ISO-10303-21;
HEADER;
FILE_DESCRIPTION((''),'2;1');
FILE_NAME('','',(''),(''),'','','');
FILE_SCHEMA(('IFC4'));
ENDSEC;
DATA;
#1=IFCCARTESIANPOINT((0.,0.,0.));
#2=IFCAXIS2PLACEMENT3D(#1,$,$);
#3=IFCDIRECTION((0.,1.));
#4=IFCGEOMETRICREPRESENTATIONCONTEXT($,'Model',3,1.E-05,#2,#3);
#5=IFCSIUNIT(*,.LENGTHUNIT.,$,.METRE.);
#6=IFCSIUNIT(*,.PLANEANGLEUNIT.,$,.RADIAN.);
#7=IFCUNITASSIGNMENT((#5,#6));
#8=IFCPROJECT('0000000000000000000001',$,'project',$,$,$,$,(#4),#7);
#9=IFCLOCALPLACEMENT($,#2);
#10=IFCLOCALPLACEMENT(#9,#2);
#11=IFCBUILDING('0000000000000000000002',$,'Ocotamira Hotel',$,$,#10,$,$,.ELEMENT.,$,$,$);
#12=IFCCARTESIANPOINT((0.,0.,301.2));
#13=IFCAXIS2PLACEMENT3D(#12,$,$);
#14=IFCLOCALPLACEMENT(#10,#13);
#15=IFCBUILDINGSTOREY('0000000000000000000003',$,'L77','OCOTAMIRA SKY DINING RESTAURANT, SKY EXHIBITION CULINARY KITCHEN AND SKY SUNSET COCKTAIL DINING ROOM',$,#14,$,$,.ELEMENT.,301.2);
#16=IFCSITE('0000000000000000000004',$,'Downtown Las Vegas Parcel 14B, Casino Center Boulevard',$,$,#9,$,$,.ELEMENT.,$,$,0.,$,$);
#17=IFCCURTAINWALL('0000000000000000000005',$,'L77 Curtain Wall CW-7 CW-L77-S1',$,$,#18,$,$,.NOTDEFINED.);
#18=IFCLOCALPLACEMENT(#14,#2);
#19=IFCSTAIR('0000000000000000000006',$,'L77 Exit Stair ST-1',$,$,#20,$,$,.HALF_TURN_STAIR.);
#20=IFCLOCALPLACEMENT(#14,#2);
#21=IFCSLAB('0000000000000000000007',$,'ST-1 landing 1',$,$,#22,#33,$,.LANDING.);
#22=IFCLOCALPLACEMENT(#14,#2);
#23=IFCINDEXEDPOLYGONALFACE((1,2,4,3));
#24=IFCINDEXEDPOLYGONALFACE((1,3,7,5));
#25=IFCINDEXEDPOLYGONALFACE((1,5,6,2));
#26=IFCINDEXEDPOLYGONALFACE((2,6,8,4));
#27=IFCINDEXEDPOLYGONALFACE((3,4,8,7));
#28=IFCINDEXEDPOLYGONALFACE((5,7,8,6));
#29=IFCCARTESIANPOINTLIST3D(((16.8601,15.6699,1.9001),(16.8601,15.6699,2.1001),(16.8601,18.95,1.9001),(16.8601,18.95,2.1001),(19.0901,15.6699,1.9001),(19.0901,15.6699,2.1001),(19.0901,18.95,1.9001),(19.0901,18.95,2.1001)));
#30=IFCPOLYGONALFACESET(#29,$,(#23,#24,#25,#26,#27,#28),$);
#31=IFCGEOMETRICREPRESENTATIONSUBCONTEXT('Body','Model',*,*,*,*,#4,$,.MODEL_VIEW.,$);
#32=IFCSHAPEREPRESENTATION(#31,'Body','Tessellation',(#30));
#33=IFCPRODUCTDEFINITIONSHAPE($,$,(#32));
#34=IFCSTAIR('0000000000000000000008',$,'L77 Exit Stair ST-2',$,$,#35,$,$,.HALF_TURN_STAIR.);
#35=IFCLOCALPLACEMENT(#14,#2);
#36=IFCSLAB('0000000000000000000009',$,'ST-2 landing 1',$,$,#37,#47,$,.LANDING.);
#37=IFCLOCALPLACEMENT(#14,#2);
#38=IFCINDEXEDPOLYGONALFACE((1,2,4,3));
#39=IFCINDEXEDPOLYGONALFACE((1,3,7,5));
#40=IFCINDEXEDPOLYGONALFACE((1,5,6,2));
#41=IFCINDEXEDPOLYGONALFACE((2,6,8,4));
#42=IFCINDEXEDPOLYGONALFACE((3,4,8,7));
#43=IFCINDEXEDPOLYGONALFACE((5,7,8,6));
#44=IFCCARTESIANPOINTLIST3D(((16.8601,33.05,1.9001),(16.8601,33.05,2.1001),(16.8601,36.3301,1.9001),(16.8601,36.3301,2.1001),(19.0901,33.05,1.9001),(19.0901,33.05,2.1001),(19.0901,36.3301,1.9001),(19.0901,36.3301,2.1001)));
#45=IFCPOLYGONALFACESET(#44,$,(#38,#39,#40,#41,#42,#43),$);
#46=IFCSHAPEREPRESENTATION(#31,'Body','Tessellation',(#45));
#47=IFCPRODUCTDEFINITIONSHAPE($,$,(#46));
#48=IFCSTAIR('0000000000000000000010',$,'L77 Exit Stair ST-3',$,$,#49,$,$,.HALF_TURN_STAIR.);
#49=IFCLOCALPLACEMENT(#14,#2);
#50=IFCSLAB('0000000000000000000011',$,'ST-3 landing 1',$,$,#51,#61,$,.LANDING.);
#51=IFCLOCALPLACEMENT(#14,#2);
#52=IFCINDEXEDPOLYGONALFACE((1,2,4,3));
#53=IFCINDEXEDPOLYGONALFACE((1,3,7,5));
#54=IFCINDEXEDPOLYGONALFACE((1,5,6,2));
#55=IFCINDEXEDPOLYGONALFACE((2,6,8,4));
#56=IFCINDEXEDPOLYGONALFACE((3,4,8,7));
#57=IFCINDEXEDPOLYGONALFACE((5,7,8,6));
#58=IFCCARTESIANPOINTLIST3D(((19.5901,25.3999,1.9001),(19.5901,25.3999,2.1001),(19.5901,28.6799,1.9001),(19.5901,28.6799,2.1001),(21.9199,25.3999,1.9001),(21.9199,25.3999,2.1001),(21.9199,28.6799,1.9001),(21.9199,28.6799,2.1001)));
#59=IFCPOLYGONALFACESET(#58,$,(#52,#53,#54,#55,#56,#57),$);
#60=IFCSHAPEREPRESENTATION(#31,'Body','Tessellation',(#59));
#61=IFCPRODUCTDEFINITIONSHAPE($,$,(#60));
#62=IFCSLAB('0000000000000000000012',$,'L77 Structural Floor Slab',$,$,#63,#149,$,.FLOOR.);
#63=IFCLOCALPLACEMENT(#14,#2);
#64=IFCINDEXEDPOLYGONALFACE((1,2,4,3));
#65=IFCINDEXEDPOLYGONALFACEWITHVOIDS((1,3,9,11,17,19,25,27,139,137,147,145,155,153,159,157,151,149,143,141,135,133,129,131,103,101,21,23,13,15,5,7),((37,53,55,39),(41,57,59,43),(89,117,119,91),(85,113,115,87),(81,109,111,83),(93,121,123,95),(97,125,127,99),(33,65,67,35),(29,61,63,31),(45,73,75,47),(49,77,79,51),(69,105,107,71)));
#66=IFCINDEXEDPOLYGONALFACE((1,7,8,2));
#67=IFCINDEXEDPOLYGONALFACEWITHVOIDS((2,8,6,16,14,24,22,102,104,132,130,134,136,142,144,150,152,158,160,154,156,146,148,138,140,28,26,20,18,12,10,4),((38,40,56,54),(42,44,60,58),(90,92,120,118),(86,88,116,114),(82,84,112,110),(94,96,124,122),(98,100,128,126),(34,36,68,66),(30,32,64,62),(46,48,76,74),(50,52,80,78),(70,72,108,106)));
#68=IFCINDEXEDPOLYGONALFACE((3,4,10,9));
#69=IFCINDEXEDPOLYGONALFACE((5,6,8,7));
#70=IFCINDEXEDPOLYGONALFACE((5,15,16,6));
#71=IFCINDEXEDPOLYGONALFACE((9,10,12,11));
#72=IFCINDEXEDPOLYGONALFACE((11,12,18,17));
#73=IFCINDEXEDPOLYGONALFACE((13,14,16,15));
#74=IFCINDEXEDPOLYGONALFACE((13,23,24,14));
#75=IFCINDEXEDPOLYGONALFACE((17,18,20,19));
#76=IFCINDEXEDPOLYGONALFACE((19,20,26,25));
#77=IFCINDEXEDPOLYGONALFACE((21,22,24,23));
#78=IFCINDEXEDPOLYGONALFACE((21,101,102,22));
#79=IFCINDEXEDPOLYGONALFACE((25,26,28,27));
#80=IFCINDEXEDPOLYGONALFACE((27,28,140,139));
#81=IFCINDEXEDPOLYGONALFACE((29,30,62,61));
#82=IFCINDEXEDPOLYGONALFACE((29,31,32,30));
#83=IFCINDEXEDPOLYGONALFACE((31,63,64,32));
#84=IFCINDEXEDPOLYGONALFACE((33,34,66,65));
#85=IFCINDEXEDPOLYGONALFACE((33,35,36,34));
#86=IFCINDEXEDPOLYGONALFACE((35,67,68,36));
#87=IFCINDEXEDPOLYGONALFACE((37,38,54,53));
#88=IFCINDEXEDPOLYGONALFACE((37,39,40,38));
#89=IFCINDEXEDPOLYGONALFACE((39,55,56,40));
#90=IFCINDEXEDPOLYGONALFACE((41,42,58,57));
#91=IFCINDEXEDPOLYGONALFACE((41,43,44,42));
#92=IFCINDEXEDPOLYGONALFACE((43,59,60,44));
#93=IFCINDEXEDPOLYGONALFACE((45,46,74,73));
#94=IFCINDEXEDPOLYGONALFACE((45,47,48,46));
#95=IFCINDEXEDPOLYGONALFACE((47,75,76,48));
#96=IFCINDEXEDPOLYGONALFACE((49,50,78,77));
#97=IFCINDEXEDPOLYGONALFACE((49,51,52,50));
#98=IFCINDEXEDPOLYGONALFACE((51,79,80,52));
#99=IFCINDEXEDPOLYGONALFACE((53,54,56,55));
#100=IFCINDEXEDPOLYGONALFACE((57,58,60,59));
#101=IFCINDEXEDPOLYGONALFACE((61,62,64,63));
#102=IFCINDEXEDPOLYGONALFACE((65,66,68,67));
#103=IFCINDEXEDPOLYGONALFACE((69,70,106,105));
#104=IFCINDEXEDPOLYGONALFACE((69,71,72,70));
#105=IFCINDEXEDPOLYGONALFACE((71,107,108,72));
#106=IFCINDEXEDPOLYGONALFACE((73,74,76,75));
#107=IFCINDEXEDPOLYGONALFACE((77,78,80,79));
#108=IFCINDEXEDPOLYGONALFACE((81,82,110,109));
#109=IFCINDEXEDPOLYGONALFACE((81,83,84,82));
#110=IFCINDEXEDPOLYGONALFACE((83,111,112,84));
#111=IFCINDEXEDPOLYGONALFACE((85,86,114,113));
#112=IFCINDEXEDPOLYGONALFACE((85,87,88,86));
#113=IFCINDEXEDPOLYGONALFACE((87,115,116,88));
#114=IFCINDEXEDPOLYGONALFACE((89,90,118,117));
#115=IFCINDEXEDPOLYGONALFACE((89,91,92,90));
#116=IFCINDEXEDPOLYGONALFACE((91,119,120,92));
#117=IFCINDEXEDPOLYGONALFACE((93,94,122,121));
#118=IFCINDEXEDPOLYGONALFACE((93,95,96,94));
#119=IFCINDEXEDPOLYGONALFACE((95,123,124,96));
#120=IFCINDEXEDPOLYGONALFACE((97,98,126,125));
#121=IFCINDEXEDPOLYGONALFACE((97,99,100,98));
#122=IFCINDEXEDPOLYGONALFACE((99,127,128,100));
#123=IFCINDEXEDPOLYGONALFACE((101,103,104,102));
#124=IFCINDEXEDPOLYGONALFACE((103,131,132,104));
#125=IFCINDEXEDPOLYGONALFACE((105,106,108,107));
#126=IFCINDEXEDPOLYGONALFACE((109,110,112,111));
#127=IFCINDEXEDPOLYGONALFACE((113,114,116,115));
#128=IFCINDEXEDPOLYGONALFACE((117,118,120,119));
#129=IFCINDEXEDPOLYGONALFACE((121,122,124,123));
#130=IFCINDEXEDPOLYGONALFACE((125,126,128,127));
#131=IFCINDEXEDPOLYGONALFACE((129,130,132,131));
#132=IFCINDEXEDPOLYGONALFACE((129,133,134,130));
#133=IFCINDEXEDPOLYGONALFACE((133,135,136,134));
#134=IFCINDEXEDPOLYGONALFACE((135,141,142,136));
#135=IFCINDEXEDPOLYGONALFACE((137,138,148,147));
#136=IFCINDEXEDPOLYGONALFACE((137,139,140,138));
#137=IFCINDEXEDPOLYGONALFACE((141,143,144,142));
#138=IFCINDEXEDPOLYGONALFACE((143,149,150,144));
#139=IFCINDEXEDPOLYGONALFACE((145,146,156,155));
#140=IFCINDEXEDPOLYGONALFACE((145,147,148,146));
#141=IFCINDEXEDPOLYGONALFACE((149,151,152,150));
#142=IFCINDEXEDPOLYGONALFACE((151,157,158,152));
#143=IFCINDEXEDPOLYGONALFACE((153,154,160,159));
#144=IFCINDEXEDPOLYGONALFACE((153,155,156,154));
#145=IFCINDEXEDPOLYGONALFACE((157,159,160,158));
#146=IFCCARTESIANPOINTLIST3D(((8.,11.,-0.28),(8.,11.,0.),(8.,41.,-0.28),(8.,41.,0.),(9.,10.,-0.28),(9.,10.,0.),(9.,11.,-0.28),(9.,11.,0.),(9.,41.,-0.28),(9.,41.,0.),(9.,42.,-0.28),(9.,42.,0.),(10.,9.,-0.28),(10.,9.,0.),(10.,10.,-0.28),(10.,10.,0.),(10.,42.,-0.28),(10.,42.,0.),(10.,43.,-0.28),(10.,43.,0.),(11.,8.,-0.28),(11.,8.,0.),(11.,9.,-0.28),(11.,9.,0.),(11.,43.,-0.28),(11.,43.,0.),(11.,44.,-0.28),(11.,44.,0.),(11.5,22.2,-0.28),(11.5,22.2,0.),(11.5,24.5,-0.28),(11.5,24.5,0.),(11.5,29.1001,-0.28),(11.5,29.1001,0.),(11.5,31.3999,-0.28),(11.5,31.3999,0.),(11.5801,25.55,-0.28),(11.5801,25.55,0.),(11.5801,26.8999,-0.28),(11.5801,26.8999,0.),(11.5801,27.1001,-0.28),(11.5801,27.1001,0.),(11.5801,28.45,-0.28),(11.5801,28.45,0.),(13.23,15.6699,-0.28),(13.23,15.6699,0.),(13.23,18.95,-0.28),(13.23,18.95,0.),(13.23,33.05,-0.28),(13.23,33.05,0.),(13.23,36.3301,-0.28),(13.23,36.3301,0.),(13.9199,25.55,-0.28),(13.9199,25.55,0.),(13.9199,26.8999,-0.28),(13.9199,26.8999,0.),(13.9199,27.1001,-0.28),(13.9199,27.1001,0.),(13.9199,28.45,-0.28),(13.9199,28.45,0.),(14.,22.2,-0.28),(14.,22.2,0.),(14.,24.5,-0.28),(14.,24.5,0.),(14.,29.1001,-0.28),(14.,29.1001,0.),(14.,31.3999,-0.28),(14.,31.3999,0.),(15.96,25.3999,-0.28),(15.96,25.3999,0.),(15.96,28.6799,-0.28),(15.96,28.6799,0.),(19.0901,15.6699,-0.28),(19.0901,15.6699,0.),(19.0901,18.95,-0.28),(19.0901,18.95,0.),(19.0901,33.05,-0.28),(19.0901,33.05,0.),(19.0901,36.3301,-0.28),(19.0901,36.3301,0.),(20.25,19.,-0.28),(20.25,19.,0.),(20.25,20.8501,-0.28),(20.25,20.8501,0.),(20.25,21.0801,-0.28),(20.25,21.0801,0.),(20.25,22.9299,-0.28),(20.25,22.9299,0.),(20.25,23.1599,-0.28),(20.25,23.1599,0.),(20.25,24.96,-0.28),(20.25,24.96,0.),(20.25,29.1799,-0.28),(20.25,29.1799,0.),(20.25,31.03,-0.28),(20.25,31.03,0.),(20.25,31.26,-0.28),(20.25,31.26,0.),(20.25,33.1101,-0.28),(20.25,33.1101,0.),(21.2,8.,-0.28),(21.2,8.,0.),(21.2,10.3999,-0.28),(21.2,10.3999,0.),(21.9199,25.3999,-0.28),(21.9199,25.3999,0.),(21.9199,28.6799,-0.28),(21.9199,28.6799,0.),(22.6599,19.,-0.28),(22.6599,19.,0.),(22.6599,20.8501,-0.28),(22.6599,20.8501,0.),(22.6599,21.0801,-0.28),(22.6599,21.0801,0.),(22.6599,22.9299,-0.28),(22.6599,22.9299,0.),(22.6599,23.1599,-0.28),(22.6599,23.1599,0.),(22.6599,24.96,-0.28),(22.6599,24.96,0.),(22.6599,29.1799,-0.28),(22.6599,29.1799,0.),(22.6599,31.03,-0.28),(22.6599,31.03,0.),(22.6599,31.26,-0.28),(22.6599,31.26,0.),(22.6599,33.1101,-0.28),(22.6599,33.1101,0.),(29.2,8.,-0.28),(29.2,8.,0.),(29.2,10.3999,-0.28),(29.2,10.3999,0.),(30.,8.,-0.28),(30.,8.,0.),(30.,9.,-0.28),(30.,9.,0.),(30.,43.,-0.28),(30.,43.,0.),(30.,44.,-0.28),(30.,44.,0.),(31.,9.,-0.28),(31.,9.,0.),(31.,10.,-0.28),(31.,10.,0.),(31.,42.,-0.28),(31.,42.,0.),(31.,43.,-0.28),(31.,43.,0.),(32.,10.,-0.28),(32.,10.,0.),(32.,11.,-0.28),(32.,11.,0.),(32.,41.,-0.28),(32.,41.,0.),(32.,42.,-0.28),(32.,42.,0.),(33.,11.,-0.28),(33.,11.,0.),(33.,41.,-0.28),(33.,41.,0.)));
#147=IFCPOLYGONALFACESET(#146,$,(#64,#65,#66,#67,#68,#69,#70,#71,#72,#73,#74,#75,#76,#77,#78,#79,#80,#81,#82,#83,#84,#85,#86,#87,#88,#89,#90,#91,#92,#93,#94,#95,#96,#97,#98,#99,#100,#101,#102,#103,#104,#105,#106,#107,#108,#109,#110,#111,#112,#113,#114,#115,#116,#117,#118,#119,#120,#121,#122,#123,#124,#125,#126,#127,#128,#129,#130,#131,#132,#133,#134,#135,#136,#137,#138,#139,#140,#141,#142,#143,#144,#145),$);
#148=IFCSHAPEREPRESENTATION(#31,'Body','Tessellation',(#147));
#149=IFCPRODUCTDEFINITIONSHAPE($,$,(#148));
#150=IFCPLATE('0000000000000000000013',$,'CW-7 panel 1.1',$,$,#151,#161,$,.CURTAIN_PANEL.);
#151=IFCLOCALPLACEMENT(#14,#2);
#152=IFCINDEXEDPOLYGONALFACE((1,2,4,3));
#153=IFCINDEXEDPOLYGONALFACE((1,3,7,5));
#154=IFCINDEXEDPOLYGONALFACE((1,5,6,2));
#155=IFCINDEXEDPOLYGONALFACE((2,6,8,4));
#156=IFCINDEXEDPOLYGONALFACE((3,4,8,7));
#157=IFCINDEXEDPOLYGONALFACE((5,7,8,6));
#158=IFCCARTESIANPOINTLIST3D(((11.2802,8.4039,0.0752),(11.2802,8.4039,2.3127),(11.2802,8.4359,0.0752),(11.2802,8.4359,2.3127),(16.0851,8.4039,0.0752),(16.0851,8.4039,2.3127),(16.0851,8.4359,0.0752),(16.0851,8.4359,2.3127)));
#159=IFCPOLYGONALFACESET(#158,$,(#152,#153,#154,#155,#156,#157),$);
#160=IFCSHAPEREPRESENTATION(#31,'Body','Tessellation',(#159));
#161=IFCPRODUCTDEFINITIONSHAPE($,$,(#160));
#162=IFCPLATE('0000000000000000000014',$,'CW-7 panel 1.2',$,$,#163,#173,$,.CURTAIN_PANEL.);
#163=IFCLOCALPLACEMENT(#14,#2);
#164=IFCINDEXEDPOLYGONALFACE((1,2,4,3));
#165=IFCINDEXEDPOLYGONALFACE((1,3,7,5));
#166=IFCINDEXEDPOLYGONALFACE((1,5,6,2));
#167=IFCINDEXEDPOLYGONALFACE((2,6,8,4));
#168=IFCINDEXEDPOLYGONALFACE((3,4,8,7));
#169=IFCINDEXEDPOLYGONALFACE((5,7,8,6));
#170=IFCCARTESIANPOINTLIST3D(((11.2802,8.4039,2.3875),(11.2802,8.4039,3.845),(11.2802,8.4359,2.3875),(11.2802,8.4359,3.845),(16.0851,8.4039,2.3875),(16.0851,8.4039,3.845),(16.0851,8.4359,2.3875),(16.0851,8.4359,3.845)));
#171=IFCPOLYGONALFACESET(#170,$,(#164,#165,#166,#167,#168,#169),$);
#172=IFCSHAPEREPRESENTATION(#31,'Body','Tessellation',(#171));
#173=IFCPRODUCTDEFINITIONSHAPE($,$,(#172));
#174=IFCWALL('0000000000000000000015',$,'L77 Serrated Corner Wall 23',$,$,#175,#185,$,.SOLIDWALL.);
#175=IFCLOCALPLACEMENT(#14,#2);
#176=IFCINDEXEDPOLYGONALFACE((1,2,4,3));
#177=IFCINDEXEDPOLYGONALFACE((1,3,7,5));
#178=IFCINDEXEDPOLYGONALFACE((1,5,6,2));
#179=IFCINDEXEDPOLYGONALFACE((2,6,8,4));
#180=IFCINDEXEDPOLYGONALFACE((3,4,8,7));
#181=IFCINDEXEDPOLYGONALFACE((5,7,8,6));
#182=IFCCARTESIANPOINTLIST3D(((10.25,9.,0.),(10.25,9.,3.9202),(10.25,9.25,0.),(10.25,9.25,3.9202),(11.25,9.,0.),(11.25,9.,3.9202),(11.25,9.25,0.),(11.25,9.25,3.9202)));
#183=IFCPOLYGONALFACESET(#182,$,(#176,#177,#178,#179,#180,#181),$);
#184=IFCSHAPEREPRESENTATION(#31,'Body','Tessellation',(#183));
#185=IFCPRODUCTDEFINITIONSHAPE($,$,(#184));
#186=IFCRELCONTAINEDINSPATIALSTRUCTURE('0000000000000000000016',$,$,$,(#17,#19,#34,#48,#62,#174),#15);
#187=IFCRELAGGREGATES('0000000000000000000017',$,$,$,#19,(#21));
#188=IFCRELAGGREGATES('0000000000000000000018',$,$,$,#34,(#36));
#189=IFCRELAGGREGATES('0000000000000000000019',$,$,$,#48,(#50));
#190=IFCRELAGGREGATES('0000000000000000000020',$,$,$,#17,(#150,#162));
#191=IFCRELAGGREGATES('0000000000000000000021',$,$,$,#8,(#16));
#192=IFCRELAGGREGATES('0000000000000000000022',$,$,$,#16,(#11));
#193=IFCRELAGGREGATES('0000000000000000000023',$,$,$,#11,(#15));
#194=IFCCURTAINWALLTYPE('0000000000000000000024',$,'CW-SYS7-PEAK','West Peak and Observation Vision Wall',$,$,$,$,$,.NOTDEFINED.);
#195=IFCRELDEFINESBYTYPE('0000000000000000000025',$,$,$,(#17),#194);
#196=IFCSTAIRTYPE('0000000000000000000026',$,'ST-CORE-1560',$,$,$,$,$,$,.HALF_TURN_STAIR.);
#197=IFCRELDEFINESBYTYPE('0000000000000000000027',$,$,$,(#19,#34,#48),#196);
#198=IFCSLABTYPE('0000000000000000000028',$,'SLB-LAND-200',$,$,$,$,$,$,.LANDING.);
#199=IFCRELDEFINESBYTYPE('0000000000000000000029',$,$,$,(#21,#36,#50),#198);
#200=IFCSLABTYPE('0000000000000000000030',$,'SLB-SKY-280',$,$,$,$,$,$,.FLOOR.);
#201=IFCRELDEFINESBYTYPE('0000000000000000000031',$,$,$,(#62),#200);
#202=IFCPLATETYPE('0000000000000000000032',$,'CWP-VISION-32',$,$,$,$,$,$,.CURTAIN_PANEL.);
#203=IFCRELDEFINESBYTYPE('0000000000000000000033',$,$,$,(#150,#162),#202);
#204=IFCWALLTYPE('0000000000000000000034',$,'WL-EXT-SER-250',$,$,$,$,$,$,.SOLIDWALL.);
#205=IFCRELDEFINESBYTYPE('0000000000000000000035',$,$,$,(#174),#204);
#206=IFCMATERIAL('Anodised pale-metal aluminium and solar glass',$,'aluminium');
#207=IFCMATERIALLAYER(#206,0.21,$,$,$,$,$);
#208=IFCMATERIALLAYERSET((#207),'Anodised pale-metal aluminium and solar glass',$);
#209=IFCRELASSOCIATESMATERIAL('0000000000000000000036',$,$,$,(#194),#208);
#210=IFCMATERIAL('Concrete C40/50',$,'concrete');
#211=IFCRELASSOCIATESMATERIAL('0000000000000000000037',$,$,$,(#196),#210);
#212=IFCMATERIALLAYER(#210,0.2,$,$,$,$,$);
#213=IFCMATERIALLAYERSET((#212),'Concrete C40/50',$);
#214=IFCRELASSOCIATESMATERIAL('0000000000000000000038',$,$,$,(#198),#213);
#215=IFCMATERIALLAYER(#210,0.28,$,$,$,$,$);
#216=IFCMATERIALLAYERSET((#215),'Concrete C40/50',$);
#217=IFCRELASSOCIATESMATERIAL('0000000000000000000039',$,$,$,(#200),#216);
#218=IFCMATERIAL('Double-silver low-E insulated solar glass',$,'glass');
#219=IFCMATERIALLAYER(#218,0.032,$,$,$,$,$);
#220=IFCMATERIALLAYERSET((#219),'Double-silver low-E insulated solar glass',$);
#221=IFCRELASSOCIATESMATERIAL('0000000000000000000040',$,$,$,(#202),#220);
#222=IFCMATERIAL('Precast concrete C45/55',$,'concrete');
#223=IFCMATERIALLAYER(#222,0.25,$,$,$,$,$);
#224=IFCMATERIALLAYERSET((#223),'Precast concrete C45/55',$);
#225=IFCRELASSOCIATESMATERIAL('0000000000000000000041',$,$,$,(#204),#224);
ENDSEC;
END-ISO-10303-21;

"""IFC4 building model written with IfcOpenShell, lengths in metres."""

from ifc_helpers import new_model, si_unit, direction, frame, frame_2d, origin, origin_2d, place, context, subcontext, project, spatial, polyline, rectangle, outline, extrude, source, transform, mapped, material, layer, layer_set, type_object, element, aggregate, save


model = new_model("IFC4")

# Units and contexts
model_context = context("Model", 3, precision=1e-05, world=origin(), true_north=direction((0.0, 1.0)))
body_context = subcontext(model_context, "Body", "Model", "MODEL_VIEW")
ifc_project = project(units=[si_unit("LENGTHUNIT", "METRE"), si_unit("PLANEANGLEUNIT", "RADIAN")], contexts=[model_context])

# Site, building, storey
site_placement = place(None, origin())
site = spatial("IfcSite", under=ifc_project, at=site_placement, Name="Downtown Las Vegas Parcel 14B, Casino Center Boulevard", CompositionType="ELEMENT", RefElevation=0.0)
building_placement = place(site_placement, origin())
building = spatial("IfcBuilding", under=site, at=building_placement, Name="Ocotamira Hotel", CompositionType="ELEMENT")
storey_placement = place(building_placement, frame((0.0, 0.0, 301.2)))
storey = spatial("IfcBuildingStorey", under=building, at=storey_placement, Name="L77", Description="OCOTAMIRA SKY DINING RESTAURANT, SKY EXHIBITION CULINARY KITCHEN AND SKY SUNSET COCKTAIL DINING ROOM", CompositionType="ELEMENT", Elevation=301.2)

# Curtain wall
ifc_material_1 = material(Name="Anodised pale-metal aluminium and solar glass", Category="aluminium")
ifc_layer_1 = layer(ifc_material_1, 0.21)
ifc_layer_set_1 = layer_set([ifc_layer_1], Name="Anodised pale-metal aluminium and solar glass")
curtain_wall_type = type_object("IfcCurtainWallType", Name="CW-SYS7-PEAK", Description="West Peak and Observation Vision Wall", PredefinedType="NOTDEFINED", material=ifc_layer_set_1)
curtain_wall_placement = place(storey_placement, origin())
curtain_wall = element("IfcCurtainWall", 1, at=curtain_wall_placement, inside=storey, type_object=curtain_wall_type, Name="L77 Curtain Wall CW-7 CW-L77-S1", PredefinedType="NOTDEFINED")

# Shared definitions
ifc_material_2 = material(Name="Concrete C40/50", Category="concrete")

# Stairs, slabs
stair_type = type_object("IfcStairType", Name="ST-CORE-1560", PredefinedType="HALF_TURN_STAIR", material=ifc_material_2)
stair_1_placement = place(storey_placement, origin())
stair_1 = element("IfcStair", 2, at=stair_1_placement, inside=storey, type_object=stair_type, Name="L77 Exit Stair ST-1", PredefinedType="HALF_TURN_STAIR")
ifc_layer_2 = layer(ifc_material_2, 0.2)
ifc_layer_set_2 = layer_set([ifc_layer_2], Name="Concrete C40/50")
slab_type_1 = type_object("IfcSlabType", Name="SLB-LAND-200", PredefinedType="LANDING", material=ifc_layer_set_2)
slab_1_placement = place(storey_placement, frame((0.0, 0.0, 1.9001)))
slab_1 = element("IfcSlab", 3, at=slab_1_placement, type_object=slab_type_1, Name="ST-1 landing 1", PredefinedType="LANDING", context=body_context, shape_type="SweptSolid", body=[
    extrude(outline(polyline([(16.8601, 15.6699), (19.0901, 15.6699), (19.0901, 18.95), (16.8601, 18.95), (16.8601, 15.6699)])), origin(), (0.0, 0.0, 1.0), 0.2),
])
aggregate(stair_1, [slab_1])
stair_2_placement = place(storey_placement, origin())
stair_2 = element("IfcStair", 4, at=stair_2_placement, inside=storey, type_object=stair_type, Name="L77 Exit Stair ST-2", PredefinedType="HALF_TURN_STAIR")
slab_2_placement = place(storey_placement, frame((0.0, 0.0, 1.9001)))
slab_2 = element("IfcSlab", 5, at=slab_2_placement, type_object=slab_type_1, Name="ST-2 landing 1", PredefinedType="LANDING", context=body_context, shape_type="SweptSolid", body=[
    extrude(outline(polyline([(16.8601, 33.05), (19.0901, 33.05), (19.0901, 36.3301), (16.8601, 36.3301), (16.8601, 33.05)])), origin(), (0.0, 0.0, 1.0), 0.2),
])
aggregate(stair_2, [slab_2])
stair_3_placement = place(storey_placement, origin())
stair_3 = element("IfcStair", 6, at=stair_3_placement, inside=storey, type_object=stair_type, Name="L77 Exit Stair ST-3", PredefinedType="HALF_TURN_STAIR")
slab_3_placement = place(storey_placement, frame((0.0, 0.0, 1.9001)))
slab_3 = element("IfcSlab", 7, at=slab_3_placement, type_object=slab_type_1, Name="ST-3 landing 1", PredefinedType="LANDING", context=body_context, shape_type="SweptSolid", body=[
    extrude(outline(polyline([(19.5901, 25.3999), (21.9199, 25.3999), (21.9199, 28.6799), (19.5901, 28.6799), (19.5901, 25.3999)])), origin(), (0.0, 0.0, 1.0), 0.2),
])
aggregate(stair_3, [slab_3])

# Slab
ifc_layer_3 = layer(ifc_material_2, 0.28)
ifc_layer_set_3 = layer_set([ifc_layer_3], Name="Concrete C40/50")
slab_type_2 = type_object("IfcSlabType", Name="SLB-SKY-280", PredefinedType="FLOOR", material=ifc_layer_set_3)
slab_4_placement = place(storey_placement, frame((0.0, 0.0, -0.28)))
element("IfcSlab", 8, at=slab_4_placement, inside=storey, type_object=slab_type_2, Name="L77 Structural Floor Slab", PredefinedType="FLOOR", context=body_context, shape_type="SweptSolid", body=[
    extrude(outline(polyline([(11.0, 8.0), (11.0, 9.0), (10.0, 9.0), (10.0, 10.0), (9.0, 10.0), (9.0, 11.0), (8.0, 11.0), (8.0, 41.0), (9.0, 41.0), (9.0, 42.0), (10.0, 42.0), (10.0, 43.0), (11.0, 43.0), (11.0, 44.0), (30.0, 44.0), (30.0, 43.0), (31.0, 43.0), (31.0, 42.0), (32.0, 42.0), (32.0, 41.0), (33.0, 41.0), (33.0, 11.0), (32.0, 11.0), (32.0, 10.0), (31.0, 10.0), (31.0, 9.0), (30.0, 9.0), (30.0, 8.0), (29.2, 8.0), (29.2, 10.3999), (21.2, 10.3999), (21.2, 8.0), (11.0, 8.0)]), holes=[polyline([(13.23, 15.6699), (19.0901, 15.6699), (19.0901, 18.95), (13.23, 18.95), (13.23, 15.6699)]), polyline([(13.23, 33.05), (19.0901, 33.05), (19.0901, 36.3301), (13.23, 36.3301), (13.23, 33.05)]), polyline([(15.96, 25.3999), (21.9199, 25.3999), (21.9199, 28.6799), (15.96, 28.6799), (15.96, 25.3999)]), polyline([(20.25, 19.0), (22.6599, 19.0), (22.6599, 20.8501), (20.25, 20.8501), (20.25, 19.0)]), polyline([(20.25, 21.0801), (22.6599, 21.0801), (22.6599, 22.9299), (20.25, 22.9299), (20.25, 21.0801)]), polyline([(20.25, 23.1599), (22.6599, 23.1599), (22.6599, 24.96), (20.25, 24.96), (20.25, 23.1599)]), polyline([(20.25, 29.1799), (22.6599, 29.1799), (22.6599, 31.03), (20.25, 31.03), (20.25, 29.1799)]), polyline([(20.25, 31.26), (22.6599, 31.26), (22.6599, 33.1101), (20.25, 33.1101), (20.25, 31.26)]), polyline([(11.5, 22.2), (14.0, 22.2), (14.0, 24.5), (11.5, 24.5), (11.5, 22.2)]), polyline([(11.5, 29.1001), (14.0, 29.1001), (14.0, 31.3999), (11.5, 31.3999), (11.5, 29.1001)]), polyline([(11.5801, 25.55), (13.9199, 25.55), (13.9199, 26.8999), (11.5801, 26.8999), (11.5801, 25.55)]), polyline([(11.5801, 27.1001), (13.9199, 27.1001), (13.9199, 28.45), (11.5801, 28.45), (11.5801, 27.1001)])]), origin(), (0.0, 0.0, 1.0), 0.28),
])

# Plates
ifc_material_3 = material(Name="Double-silver low-E insulated solar glass", Category="glass")
ifc_layer_4 = layer(ifc_material_3, 0.032)
ifc_layer_set_4 = layer_set([ifc_layer_4], Name="Double-silver low-E insulated solar glass")
plate_type = type_object("IfcPlateType", Name="CWP-VISION-32", PredefinedType="CURTAIN_PANEL", material=ifc_layer_set_4)
shared_shape_1 = source(origin(), body_context, "Body", "SweptSolid", [
    extrude(rectangle(XDim=4.8049, YDim=0.032, at=origin_2d()), origin(), (0.0, 0.0, 1.0), 2.2375),
])
plate_1_placement = place(storey_placement, frame((13.6826, 8.4199, 0.0752), z_axis=(0.0, 0.0, 1.0), x_axis=(1.0, 0.0, 0.0)))
plate_1 = element("IfcPlate", 9, at=plate_1_placement, type_object=plate_type, Name="CW-7 panel 1.1", PredefinedType="CURTAIN_PANEL", context=body_context, shape_type="MappedRepresentation", body=[
    mapped(shared_shape_1, transform((0.0, 0.0, 0.0), scale=1.0)),
])
shared_shape_2 = source(origin(), body_context, "Body", "SweptSolid", [
    extrude(rectangle(XDim=4.8049, YDim=0.032, at=origin_2d()), origin(), (0.0, 0.0, 1.0), 1.4575),
])
plate_2_placement = place(storey_placement, frame((13.6826, 8.4199, 2.3875), z_axis=(0.0, 0.0, 1.0), x_axis=(1.0, 0.0, 0.0)))
plate_2 = element("IfcPlate", 10, at=plate_2_placement, type_object=plate_type, Name="CW-7 panel 1.2", PredefinedType="CURTAIN_PANEL", context=body_context, shape_type="MappedRepresentation", body=[
    mapped(shared_shape_2, transform((0.0, 0.0, 0.0), scale=1.0)),
])
aggregate(curtain_wall, [plate_1, plate_2])

# Wall
ifc_material_4 = material(Name="Precast concrete C45/55", Category="concrete")
ifc_layer_5 = layer(ifc_material_4, 0.25)
ifc_layer_set_5 = layer_set([ifc_layer_5], Name="Precast concrete C45/55")
wall_type = type_object("IfcWallType", Name="WL-EXT-SER-250", PredefinedType="SOLIDWALL", material=ifc_layer_set_5)
for number, where, z_axis, x_axis, name in (
    (11, (10.25, 9.125, 0.0), (0.0, 0.0, 1.0), (1.0, 0.0, 0.0), "L77 Serrated Corner Wall 23"),
):
    element("IfcWall", number, at=place(storey_placement, frame(where, z_axis=z_axis, x_axis=x_axis)), inside=storey, type_object=wall_type, Name=name, PredefinedType="SOLIDWALL", context=body_context, shape_type="SweptSolid", body=[
        extrude(rectangle(XDim=1.0, YDim=0.25, at=frame_2d((0.5, 0.0))), origin(), (0.0, 0.0, 1.0), 3.9202),
    ])

save(model, "model.ifc")
